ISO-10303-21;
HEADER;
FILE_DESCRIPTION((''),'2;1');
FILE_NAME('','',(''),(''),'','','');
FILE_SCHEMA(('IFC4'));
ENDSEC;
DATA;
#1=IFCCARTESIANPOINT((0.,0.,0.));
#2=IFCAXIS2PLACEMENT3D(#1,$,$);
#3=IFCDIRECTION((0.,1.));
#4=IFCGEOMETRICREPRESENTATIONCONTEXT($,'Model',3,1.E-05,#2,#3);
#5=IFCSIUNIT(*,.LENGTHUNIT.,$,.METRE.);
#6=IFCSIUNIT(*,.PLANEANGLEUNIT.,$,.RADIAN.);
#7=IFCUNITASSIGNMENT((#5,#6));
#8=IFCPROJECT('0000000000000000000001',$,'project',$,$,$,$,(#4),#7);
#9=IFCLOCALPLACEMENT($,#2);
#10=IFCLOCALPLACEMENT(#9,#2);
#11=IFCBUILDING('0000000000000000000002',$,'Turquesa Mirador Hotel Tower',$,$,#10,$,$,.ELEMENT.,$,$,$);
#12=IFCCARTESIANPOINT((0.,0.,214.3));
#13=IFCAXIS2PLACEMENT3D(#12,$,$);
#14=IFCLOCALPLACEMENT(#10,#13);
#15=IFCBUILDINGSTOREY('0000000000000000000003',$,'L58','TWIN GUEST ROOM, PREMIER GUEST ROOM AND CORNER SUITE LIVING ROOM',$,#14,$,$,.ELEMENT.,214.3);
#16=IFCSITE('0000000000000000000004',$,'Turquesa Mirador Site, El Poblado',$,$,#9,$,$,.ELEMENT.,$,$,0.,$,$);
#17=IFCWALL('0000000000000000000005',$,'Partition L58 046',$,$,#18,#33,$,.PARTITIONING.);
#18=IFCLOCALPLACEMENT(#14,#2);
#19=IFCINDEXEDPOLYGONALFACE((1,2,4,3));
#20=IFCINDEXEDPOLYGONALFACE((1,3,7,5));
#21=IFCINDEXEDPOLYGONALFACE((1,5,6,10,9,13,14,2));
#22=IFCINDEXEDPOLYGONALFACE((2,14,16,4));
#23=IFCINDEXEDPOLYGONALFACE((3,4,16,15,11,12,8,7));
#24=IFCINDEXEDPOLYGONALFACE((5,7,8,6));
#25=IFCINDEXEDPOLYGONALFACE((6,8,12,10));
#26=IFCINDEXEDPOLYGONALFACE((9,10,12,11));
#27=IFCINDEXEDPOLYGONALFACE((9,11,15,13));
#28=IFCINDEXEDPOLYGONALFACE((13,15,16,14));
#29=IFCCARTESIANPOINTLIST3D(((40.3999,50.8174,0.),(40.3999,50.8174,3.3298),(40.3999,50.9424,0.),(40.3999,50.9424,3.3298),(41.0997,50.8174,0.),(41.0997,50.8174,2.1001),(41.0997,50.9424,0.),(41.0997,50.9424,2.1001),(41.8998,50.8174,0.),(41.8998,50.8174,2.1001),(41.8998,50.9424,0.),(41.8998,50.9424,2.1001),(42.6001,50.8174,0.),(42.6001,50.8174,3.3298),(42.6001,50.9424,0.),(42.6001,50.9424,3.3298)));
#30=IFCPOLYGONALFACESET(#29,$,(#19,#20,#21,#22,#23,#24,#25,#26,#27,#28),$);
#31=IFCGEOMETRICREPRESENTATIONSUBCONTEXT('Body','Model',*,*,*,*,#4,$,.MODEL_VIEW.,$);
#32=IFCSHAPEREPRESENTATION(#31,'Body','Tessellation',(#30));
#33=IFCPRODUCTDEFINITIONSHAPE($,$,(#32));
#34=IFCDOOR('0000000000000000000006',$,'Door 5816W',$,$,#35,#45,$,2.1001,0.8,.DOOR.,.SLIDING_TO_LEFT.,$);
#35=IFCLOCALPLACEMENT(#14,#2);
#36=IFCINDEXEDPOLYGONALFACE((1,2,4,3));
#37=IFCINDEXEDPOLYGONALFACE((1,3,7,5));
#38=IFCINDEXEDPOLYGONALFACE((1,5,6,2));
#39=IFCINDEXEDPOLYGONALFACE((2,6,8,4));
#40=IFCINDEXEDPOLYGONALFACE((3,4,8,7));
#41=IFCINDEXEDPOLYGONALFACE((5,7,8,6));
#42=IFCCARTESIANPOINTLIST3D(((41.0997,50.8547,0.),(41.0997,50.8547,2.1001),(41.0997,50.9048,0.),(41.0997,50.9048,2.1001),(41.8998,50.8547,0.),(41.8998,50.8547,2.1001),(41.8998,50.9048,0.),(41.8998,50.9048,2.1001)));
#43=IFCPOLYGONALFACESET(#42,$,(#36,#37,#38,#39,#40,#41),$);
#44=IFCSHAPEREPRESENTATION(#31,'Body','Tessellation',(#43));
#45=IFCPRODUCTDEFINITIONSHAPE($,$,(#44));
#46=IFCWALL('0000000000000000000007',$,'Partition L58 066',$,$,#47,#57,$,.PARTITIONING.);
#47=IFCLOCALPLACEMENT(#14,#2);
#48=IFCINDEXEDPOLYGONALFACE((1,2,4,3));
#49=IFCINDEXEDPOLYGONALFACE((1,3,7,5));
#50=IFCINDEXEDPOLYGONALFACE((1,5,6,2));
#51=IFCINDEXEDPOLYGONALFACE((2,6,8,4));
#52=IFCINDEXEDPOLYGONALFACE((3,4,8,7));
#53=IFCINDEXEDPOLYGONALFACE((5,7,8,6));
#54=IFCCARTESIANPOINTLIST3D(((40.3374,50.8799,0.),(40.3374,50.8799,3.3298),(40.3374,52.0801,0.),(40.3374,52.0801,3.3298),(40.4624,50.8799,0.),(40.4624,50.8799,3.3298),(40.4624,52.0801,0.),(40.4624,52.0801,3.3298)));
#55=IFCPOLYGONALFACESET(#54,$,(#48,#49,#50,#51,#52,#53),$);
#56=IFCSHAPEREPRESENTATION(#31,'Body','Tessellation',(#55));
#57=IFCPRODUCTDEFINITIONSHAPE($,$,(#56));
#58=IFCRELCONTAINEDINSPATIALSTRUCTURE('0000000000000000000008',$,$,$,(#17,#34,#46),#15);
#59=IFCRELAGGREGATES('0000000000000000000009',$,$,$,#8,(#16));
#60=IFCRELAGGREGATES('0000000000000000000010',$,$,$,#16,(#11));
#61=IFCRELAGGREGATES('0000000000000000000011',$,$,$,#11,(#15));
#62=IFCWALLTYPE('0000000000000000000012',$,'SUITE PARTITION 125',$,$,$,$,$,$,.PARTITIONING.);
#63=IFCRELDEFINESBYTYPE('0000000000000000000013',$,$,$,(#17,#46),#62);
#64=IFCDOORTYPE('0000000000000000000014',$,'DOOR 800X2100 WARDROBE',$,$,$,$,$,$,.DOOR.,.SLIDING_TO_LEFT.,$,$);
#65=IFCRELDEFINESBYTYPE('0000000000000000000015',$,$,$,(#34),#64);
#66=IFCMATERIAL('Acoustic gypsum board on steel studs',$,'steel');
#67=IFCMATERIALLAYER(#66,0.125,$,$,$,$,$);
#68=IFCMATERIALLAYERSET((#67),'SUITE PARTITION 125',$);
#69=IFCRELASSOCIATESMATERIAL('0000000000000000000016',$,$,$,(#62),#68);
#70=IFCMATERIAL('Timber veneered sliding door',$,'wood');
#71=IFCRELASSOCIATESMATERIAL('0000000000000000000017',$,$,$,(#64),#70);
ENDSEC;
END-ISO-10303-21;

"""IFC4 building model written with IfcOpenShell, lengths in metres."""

from ifc_helpers import new_model, si_unit, direction, frame, frame_2d, origin, place, context, subcontext, project, spatial, rectangle, extrude, material, layer, layer_set, type_object, element, fill, save


model = new_model("IFC4")

# Units and contexts
model_context = context("Model", 3, precision=1e-05, world=origin(), true_north=direction((0.0, 1.0)))
body_context = subcontext(model_context, "Body", "Model", "MODEL_VIEW")
ifc_project = project(units=[si_unit("LENGTHUNIT", "METRE"), si_unit("PLANEANGLEUNIT", "RADIAN")], contexts=[model_context])

# Site, building, storey
site_placement = place(None, origin())
site = spatial("IfcSite", under=ifc_project, at=site_placement, Name="Turquesa Mirador Site, El Poblado", CompositionType="ELEMENT", RefElevation=0.0)
building_placement = place(site_placement, origin())
building = spatial("IfcBuilding", under=site, at=building_placement, Name="Turquesa Mirador Hotel Tower", CompositionType="ELEMENT")
storey_placement = place(building_placement, frame((0.0, 0.0, 214.3)))
storey = spatial("IfcBuildingStorey", under=building, at=storey_placement, Name="L58", Description="TWIN GUEST ROOM, PREMIER GUEST ROOM AND CORNER SUITE LIVING ROOM", CompositionType="ELEMENT", Elevation=214.3)

# Wall, opening, door
ifc_material_1 = material(Name="Acoustic gypsum board on steel studs", Category="steel")
ifc_layer_1 = layer(ifc_material_1, 0.125)
ifc_layer_set_1 = layer_set([ifc_layer_1], Name="SUITE PARTITION 125")
wall_type_1 = type_object("IfcWallType", Name="SUITE PARTITION 125", PredefinedType="PARTITIONING", material=ifc_layer_set_1)
wall_1_placement = place(storey_placement, frame((40.3999, 50.8799, 0.0), z_axis=(0.0, 0.0, 1.0), x_axis=(1.0, 0.0, 0.0)))
wall_1 = element("IfcWall", 1, at=wall_1_placement, inside=storey, type_object=wall_type_1, Name="Partition L58 046", PredefinedType="PARTITIONING", context=body_context, shape_type="SweptSolid", body=[
    extrude(rectangle(XDim=2.2002, YDim=0.125, at=frame_2d((1.1001, 0.0))), origin(), (0.0, 0.0, 1.0), 3.3298),
])
opening_1_placement = place(wall_1_placement, frame((0.7, 0.0, 0.0)))
opening_1 = element("IfcOpeningElement", 2, at=opening_1_placement, cuts=wall_1, PredefinedType="OPENING", context=body_context, shape_type="SweptSolid", body=[
    extrude(rectangle(XDim=0.8, YDim=2.1001, at=frame_2d((0.3999, 1.05))), frame((0.0, 0.0725, 0.0), z_axis=(0.0, -1.0, 0.0), x_axis=(1.0, 0.0, 0.0)), (0.0, 0.0, 1.0), 0.145),
])
ifc_material_2 = material(Name="Timber veneered sliding door", Category="wood")
door_type_1 = type_object("IfcDoorType", Name="DOOR 800X2100 WARDROBE", OperationType="SLIDING_TO_LEFT", PredefinedType="DOOR", material=ifc_material_2)
door_1_placement = place(opening_1_placement, origin())
door_1 = element("IfcDoor", 3, at=door_1_placement, inside=storey, type_object=door_type_1, Name="Door 5816W", OperationType="SLIDING_TO_LEFT", OverallHeight=2.1001, OverallWidth=0.8, PredefinedType="DOOR", context=body_context, shape_type="SweptSolid", body=[
    extrude(rectangle(XDim=0.8, YDim=2.1001, at=frame_2d((0.3999, 1.05))), frame((0.0, 0.0249, 0.0), z_axis=(0.0, -1.0, 0.0), x_axis=(1.0, 0.0, 0.0)), (0.0, 0.0, 1.0), 0.05),
])
fill(opening_1, door_1)

# Wall
wall_2_placement = place(storey_placement, frame((40.3999, 50.8799, 0.0), z_axis=(0.0, 0.0, 1.0), x_axis=(0.0, 1.0, 0.0)))
element("IfcWall", 4, at=wall_2_placement, inside=storey, type_object=wall_type_1, Name="Partition L58 066", PredefinedType="PARTITIONING", context=body_context, shape_type="SweptSolid", body=[
    extrude(rectangle(XDim=1.2002, YDim=0.125, at=frame_2d((0.6001, 0.0))), origin(), (0.0, 0.0, 1.0), 3.3298),
])

save(model, "model.ifc")
